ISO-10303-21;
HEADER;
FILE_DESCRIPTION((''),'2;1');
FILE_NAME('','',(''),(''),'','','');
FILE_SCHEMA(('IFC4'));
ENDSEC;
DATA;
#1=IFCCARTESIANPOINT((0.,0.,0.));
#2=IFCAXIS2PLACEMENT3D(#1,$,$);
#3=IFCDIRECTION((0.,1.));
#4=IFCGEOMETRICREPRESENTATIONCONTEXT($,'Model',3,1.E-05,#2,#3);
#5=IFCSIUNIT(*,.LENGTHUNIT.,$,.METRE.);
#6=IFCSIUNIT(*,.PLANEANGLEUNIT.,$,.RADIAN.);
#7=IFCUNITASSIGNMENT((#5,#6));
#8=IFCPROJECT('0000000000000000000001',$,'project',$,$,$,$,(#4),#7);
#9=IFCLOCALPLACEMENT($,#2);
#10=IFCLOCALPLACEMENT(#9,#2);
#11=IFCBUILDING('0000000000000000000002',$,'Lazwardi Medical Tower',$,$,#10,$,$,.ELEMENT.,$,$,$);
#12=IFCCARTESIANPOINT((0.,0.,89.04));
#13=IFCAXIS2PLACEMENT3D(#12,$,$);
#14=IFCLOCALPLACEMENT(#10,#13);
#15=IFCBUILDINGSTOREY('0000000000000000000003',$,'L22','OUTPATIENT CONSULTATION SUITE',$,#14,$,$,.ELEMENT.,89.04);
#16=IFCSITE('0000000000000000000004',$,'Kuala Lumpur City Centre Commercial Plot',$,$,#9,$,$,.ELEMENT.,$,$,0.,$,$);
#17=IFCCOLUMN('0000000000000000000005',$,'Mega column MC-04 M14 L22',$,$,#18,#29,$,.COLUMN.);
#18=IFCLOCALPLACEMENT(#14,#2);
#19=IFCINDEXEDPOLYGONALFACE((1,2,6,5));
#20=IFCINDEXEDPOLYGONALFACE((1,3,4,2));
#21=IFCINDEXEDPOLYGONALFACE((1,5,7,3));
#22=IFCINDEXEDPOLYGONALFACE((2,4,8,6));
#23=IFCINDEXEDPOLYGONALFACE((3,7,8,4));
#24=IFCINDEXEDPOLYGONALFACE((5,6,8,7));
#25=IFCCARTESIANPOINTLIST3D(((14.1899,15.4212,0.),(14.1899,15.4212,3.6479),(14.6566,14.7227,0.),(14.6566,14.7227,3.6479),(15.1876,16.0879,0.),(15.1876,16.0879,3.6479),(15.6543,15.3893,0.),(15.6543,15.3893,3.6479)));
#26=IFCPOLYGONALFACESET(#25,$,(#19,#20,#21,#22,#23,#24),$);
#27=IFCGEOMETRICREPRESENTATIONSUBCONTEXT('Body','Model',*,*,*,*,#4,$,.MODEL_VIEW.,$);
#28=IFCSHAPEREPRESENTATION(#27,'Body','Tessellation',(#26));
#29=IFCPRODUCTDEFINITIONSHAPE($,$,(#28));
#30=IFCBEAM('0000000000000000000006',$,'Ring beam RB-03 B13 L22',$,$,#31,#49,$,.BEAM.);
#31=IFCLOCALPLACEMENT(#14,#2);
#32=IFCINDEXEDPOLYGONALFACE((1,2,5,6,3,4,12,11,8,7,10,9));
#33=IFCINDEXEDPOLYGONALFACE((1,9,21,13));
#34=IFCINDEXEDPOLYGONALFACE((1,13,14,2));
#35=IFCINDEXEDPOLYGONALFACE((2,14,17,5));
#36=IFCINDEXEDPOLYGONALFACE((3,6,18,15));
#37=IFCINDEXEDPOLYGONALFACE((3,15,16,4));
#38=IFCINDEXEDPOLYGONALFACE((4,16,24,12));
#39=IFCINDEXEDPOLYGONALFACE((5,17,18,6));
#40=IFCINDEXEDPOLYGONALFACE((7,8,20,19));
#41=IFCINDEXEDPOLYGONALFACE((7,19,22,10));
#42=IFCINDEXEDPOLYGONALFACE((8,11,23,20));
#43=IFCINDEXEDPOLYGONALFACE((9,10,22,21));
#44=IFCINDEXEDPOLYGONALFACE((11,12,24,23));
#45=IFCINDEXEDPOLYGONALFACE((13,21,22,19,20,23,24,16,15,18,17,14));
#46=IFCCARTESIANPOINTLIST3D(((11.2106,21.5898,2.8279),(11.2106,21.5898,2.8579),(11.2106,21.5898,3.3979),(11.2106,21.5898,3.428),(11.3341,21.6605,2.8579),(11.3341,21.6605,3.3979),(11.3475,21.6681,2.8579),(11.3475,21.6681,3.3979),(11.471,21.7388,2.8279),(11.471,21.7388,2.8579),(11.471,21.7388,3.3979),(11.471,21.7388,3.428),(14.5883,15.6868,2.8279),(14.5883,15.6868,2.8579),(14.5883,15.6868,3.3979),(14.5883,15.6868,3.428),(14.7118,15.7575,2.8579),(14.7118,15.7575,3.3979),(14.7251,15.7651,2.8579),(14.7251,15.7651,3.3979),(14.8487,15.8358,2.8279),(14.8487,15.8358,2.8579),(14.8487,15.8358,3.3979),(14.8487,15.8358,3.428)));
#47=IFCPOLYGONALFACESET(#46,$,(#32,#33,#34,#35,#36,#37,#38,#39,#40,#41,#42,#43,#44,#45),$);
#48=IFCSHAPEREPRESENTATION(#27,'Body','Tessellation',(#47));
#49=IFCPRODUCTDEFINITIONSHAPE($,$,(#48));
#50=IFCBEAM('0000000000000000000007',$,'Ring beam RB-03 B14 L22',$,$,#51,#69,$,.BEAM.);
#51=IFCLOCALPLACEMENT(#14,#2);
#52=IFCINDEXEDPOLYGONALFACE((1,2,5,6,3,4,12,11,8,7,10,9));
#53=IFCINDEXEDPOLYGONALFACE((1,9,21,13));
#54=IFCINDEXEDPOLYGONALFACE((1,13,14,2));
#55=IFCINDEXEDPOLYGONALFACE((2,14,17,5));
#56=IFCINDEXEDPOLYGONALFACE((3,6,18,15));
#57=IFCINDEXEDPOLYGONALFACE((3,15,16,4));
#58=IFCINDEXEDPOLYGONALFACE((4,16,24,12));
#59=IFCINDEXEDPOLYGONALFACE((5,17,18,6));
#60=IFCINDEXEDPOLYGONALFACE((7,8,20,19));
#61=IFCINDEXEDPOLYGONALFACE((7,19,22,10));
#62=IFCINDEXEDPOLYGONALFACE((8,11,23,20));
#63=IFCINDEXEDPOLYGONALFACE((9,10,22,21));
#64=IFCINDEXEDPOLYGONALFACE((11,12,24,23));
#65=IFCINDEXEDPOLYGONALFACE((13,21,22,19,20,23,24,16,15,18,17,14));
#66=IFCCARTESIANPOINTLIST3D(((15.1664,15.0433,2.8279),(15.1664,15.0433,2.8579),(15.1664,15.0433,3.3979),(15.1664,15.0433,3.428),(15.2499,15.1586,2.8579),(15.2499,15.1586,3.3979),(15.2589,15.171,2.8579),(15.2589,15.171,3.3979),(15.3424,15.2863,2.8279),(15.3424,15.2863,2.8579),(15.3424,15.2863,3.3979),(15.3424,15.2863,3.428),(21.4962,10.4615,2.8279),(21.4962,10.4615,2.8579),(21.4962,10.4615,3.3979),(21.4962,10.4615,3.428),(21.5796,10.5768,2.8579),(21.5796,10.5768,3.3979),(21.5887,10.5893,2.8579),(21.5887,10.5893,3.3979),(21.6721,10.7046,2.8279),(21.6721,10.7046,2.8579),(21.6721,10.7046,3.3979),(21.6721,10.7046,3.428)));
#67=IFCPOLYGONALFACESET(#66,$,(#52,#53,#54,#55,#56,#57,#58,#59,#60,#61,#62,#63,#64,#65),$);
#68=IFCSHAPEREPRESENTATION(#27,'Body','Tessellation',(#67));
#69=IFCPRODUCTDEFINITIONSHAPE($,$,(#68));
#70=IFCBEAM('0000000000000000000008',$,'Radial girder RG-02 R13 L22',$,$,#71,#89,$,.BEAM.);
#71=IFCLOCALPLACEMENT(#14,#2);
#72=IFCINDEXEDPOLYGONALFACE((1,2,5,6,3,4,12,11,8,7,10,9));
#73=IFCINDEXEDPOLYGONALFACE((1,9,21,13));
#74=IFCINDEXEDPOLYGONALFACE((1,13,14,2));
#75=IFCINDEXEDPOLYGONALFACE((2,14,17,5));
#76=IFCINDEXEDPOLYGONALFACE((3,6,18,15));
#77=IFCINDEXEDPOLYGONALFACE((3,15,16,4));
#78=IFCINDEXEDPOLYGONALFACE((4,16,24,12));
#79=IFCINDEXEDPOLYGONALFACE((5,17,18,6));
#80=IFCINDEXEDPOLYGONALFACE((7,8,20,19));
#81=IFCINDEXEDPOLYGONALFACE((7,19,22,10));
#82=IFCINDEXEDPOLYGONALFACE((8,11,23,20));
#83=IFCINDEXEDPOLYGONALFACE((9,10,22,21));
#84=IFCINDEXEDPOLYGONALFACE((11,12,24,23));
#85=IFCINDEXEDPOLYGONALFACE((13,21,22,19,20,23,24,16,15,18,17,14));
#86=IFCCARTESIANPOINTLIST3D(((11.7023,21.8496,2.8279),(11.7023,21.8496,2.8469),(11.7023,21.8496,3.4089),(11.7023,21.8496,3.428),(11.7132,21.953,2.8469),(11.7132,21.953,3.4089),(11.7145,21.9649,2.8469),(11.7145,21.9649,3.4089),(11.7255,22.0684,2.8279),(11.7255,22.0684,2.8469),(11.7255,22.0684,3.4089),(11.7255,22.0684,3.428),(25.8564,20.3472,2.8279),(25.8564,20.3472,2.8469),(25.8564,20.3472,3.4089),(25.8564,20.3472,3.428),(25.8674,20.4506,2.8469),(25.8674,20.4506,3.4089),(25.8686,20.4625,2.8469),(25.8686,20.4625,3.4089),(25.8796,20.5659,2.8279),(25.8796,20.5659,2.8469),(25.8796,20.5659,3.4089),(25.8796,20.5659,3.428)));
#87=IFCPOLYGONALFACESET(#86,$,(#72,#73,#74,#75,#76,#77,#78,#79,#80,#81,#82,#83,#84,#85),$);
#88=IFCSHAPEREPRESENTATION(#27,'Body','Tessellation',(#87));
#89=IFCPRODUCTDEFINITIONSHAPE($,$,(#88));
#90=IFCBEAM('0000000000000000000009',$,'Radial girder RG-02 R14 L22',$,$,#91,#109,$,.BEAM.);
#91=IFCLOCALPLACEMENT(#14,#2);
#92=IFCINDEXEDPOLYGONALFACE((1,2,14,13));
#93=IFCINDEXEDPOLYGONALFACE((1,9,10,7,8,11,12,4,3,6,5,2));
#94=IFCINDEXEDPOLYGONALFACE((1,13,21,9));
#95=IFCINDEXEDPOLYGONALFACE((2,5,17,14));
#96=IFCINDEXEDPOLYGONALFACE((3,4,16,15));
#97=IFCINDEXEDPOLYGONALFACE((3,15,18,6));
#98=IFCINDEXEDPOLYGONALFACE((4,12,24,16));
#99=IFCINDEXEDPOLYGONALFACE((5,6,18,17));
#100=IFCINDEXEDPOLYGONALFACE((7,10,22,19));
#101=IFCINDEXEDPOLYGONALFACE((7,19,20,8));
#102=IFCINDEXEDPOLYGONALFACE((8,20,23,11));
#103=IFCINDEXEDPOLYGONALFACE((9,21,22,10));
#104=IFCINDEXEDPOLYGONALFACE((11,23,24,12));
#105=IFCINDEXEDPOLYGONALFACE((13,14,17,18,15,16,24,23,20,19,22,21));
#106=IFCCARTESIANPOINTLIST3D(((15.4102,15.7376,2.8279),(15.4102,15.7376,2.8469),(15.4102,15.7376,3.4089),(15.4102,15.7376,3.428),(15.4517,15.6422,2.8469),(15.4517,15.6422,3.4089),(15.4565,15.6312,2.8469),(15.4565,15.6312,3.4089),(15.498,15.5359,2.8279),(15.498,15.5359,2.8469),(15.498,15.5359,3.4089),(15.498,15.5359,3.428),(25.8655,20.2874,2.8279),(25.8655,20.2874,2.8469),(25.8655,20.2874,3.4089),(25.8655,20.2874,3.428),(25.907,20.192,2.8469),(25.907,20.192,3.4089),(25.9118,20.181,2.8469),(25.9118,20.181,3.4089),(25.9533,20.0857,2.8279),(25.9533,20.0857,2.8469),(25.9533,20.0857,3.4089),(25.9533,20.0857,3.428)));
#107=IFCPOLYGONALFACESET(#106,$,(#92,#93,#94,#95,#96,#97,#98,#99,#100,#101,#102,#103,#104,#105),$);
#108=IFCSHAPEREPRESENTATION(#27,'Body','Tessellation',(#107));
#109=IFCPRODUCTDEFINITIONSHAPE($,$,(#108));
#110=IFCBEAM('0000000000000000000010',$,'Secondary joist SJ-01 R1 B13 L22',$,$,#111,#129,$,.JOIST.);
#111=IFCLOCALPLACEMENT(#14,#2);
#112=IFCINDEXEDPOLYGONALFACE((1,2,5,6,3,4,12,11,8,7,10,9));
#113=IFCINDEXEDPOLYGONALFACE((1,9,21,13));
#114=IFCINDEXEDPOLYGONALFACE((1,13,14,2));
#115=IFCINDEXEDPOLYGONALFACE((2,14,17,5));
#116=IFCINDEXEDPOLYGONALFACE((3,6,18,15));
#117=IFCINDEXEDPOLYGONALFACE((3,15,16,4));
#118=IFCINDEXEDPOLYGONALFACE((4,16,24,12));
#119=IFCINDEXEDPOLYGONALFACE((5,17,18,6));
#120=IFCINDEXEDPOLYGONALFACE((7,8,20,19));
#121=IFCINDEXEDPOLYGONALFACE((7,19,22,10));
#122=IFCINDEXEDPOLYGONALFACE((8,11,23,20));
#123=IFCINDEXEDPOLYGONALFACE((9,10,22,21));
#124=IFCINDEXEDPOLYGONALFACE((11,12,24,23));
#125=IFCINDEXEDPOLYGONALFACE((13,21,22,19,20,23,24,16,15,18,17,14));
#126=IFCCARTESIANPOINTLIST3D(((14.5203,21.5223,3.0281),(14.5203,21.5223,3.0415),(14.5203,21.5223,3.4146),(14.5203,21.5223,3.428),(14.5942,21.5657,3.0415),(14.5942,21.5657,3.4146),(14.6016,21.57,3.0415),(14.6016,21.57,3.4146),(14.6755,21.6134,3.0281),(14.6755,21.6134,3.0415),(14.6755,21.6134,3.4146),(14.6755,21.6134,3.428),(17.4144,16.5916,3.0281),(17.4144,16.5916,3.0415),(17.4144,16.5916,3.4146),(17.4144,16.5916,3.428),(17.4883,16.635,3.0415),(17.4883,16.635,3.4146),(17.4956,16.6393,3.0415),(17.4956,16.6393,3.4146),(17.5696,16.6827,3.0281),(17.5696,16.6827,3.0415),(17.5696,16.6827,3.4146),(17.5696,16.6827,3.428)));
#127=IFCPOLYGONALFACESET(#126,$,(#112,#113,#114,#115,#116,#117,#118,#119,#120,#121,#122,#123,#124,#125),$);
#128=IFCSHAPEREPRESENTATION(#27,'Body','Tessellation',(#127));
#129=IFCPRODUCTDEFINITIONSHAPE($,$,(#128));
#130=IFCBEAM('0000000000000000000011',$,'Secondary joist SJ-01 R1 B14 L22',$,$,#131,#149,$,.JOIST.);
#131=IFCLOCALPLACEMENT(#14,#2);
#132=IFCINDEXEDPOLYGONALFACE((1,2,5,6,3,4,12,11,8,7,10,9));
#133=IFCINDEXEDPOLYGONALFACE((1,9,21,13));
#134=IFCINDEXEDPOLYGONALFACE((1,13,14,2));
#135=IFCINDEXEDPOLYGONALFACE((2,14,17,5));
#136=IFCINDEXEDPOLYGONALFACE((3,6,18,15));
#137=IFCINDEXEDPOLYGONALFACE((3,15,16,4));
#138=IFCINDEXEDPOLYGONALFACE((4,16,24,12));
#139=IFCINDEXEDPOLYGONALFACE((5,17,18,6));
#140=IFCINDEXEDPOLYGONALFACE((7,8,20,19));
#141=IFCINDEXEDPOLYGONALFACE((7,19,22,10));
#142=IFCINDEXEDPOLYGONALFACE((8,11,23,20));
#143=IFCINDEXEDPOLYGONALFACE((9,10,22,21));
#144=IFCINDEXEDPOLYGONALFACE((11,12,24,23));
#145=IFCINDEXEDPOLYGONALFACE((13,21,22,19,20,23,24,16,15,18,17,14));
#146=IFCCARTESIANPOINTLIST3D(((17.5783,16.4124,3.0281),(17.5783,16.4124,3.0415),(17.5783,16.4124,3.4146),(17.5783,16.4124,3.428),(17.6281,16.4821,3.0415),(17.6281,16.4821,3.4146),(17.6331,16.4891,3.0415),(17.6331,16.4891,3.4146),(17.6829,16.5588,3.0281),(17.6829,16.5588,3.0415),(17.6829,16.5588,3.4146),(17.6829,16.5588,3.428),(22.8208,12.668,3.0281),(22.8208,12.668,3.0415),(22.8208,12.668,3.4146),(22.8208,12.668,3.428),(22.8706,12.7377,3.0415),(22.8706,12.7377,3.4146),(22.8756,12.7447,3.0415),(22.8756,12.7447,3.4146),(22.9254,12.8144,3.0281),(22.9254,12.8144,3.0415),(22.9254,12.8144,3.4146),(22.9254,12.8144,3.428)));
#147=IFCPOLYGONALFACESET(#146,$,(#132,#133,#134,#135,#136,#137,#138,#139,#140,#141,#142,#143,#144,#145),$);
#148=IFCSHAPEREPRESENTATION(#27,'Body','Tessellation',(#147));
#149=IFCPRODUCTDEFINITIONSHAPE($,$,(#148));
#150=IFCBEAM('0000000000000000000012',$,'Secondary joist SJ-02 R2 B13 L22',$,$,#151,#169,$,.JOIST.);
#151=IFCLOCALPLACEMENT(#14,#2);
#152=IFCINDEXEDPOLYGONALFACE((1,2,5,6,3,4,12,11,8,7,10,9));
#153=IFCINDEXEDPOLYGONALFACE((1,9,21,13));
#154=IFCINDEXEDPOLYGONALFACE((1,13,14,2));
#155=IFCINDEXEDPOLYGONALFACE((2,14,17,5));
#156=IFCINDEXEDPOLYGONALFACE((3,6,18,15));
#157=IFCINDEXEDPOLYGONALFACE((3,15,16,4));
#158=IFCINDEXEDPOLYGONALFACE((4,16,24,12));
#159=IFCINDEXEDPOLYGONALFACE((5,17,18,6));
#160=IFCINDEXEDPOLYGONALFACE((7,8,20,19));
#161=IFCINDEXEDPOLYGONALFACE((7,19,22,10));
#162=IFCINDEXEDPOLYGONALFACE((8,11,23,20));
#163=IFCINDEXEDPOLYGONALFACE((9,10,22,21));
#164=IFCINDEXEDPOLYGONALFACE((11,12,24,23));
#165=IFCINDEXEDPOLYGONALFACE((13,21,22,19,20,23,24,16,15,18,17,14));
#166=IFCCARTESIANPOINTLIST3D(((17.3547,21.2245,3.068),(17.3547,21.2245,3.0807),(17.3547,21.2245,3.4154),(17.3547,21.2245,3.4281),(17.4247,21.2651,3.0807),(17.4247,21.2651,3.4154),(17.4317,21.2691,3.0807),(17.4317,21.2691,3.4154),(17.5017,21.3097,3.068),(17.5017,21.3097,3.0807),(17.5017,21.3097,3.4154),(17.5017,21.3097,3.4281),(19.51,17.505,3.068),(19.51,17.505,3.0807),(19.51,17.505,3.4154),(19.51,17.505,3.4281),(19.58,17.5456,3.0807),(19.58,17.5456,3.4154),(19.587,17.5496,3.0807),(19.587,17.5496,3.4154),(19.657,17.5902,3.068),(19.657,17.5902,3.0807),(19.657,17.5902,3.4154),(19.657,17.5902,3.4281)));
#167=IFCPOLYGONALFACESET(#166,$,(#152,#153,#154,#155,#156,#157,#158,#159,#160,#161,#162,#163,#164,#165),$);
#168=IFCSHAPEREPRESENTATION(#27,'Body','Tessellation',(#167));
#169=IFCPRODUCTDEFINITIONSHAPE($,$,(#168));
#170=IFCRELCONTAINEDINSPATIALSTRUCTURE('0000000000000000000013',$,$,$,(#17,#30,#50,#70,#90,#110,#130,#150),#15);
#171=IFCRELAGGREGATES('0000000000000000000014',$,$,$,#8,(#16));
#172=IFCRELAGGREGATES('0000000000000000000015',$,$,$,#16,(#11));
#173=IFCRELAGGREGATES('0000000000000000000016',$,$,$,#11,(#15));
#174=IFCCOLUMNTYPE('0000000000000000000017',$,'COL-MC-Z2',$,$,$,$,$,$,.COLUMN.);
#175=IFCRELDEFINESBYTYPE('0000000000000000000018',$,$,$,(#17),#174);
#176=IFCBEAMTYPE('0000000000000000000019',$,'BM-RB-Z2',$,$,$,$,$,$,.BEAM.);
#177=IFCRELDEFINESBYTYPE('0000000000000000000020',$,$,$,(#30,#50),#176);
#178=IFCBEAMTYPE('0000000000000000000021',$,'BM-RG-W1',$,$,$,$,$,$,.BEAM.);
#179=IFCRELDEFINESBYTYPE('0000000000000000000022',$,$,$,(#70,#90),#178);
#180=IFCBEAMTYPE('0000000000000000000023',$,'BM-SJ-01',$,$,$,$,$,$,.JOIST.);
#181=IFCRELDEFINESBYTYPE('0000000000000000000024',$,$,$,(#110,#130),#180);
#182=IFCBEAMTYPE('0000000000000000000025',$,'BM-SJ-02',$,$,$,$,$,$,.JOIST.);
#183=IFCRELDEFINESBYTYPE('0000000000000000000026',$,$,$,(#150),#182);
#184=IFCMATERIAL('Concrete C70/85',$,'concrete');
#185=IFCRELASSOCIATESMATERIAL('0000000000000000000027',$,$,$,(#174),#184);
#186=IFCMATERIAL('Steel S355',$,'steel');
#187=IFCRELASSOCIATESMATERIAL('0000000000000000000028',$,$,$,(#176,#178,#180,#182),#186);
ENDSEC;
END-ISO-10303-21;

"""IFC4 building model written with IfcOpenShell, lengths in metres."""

from ifc_helpers import new_model, si_unit, direction, frame, origin, origin_2d, place, context, subcontext, project, spatial, rectangle, i_section, extrude, material, material_profile, profile_set, type_object, element, save


model = new_model("IFC4")

# Units and contexts
model_context = context("Model", 3, precision=1e-05, world=origin(), true_north=direction((0.0, 1.0)))
body_context = subcontext(model_context, "Body", "Model", "MODEL_VIEW")
ifc_project = project(units=[si_unit("LENGTHUNIT", "METRE"), si_unit("PLANEANGLEUNIT", "RADIAN")], contexts=[model_context])

# Site, building, storey
site_placement = place(None, origin())
site = spatial("IfcSite", under=ifc_project, at=site_placement, Name="Kuala Lumpur City Centre Commercial Plot", CompositionType="ELEMENT", RefElevation=0.0)
building_placement = place(site_placement, origin())
building = spatial("IfcBuilding", under=site, at=building_placement, Name="Lazwardi Medical Tower", CompositionType="ELEMENT")
storey_placement = place(building_placement, frame((0.0, 0.0, 89.04)))
storey = spatial("IfcBuildingStorey", under=building, at=storey_placement, Name="L22", Description="OUTPATIENT CONSULTATION SUITE", CompositionType="ELEMENT", Elevation=89.04)

# Column
ifc_material_1 = material(Name="Concrete C70/85", Category="concrete")
ifc_material_profile_1 = material_profile(ifc_material_1, rectangle(XDim=1.2, YDim=0.8401, at=origin_2d()), Name="CFT-RECT 1200x840")
ifc_profile_set_1 = profile_set([ifc_material_profile_1], Name="Concrete C70/85")
column_type = type_object("IfcColumnType", Name="COL-MC-Z2", PredefinedType="COLUMN", material=ifc_profile_set_1)
column_placement = place(storey_placement, frame((14.9221, 15.4053, 0.0), z_axis=(0.0, 0.0, 1.0), x_axis=(-0.83147, -0.55557, 0.0)))
element("IfcColumn", 1, at=column_placement, inside=storey, type_object=column_type, Name="Mega column MC-04 M14 L22", PredefinedType="COLUMN", context=body_context, shape_type="SweptSolid", body=[
    extrude(rectangle(XDim=1.2, YDim=0.8401, at=origin_2d()), origin(), (0.0, 0.0, 1.0), 3.6479),
])

# Beams
ifc_material_2 = material(Name="Steel S355", Category="steel")
ifc_material_profile_2 = material_profile(ifc_material_2, i_section(OverallWidth=0.3, OverallDepth=0.6001, WebThickness=0.0154, FlangeThickness=0.03, at=origin_2d()), Name="HEB 600")
ifc_profile_set_2 = profile_set([ifc_material_profile_2], Name="Steel S355")
beam_type_1 = type_object("IfcBeamType", Name="BM-RB-Z2", PredefinedType="BEAM", material=ifc_profile_set_2)
beam_1_placement = place(storey_placement, frame((11.3408, 21.6643, 3.1279), z_axis=(0.496638, -0.867958, 0.0), x_axis=(0.867958, 0.496638, 0.0)))
element("IfcBeam", 2, at=beam_1_placement, inside=storey, type_object=beam_type_1, Name="Ring beam RB-03 B13 L22", PredefinedType="BEAM", context=body_context, shape_type="SweptSolid", body=[
    extrude(i_section(OverallWidth=0.3, OverallDepth=0.6001, WebThickness=0.0154, FlangeThickness=0.03, at=origin_2d()), origin(), (0.0, 0.0, 1.0), 6.801),
])
beam_2_placement = place(storey_placement, frame((15.2544, 15.1648, 3.1279), z_axis=(0.810057, -0.586351, 0.0), x_axis=(0.586351, 0.810057, 0.0)))
element("IfcBeam", 3, at=beam_2_placement, inside=storey, type_object=beam_type_1, Name="Ring beam RB-03 B14 L22", PredefinedType="BEAM", context=body_context, shape_type="SweptSolid", body=[
    extrude(i_section(OverallWidth=0.3, OverallDepth=0.6001, WebThickness=0.0154, FlangeThickness=0.03, at=origin_2d()), origin(), (0.0, 0.0, 1.0), 7.814),
])
ifc_material_profile_3 = material_profile(ifc_material_2, i_section(OverallWidth=0.22, OverallDepth=0.6001, WebThickness=0.012, FlangeThickness=0.019, at=origin_2d()), Name="IPE 600")
ifc_profile_set_3 = profile_set([ifc_material_profile_3], Name="Steel S355")
beam_type_2 = type_object("IfcBeamType", Name="BM-RG-W1", PredefinedType="BEAM", material=ifc_profile_set_3)
beam_3_placement = place(storey_placement, frame((11.7139, 21.959, 3.1279), z_axis=(0.994413, -0.105556, 0.0), x_axis=(0.105556, 0.994413, 0.0)))
element("IfcBeam", 4, at=beam_3_placement, inside=storey, type_object=beam_type_2, Name="Radial girder RG-02 R13 L22", PredefinedType="BEAM", context=body_context, shape_type="SweptSolid", body=[
    extrude(i_section(OverallWidth=0.22, OverallDepth=0.6001, WebThickness=0.012, FlangeThickness=0.019, at=origin_2d()), origin(), (0.0, 0.0, 1.0), 14.2336),
])
beam_4_placement = place(storey_placement, frame((15.4541, 15.6367, 3.1279), z_axis=(0.916941, 0.399022, 0.0), x_axis=(-0.399022, 0.916941, 0.0)))
element("IfcBeam", 5, at=beam_4_placement, inside=storey, type_object=beam_type_2, Name="Radial girder RG-02 R14 L22", PredefinedType="BEAM", context=body_context, shape_type="SweptSolid", body=[
    extrude(i_section(OverallWidth=0.22, OverallDepth=0.6001, WebThickness=0.012, FlangeThickness=0.019, at=origin_2d()), origin(), (0.0, 0.0, 1.0), 11.4023),
])
ifc_material_profile_4 = material_profile(ifc_material_2, i_section(OverallWidth=0.1799, OverallDepth=0.3999, WebThickness=0.0085, FlangeThickness=0.0134, at=origin_2d()), Name="IPE 400")
ifc_profile_set_4 = profile_set([ifc_material_profile_4], Name="Steel S355")
beam_type_3 = type_object("IfcBeamType", Name="BM-SJ-01", PredefinedType="JOIST", material=ifc_profile_set_4)
beam_5_placement = place(storey_placement, frame((14.5979, 21.5679, 3.228), z_axis=(0.506195, -0.862419, 0.0), x_axis=(0.862419, 0.506195, 0.0)))
element("IfcBeam", 6, at=beam_5_placement, inside=storey, type_object=beam_type_3, Name="Secondary joist SJ-01 R1 B13 L22", PredefinedType="JOIST", context=body_context, shape_type="SweptSolid", body=[
    extrude(i_section(OverallWidth=0.1799, OverallDepth=0.3999, WebThickness=0.0085, FlangeThickness=0.0134, at=origin_2d()), origin(), (0.0, 0.0, 1.0), 5.7173),
])
beam_6_placement = place(storey_placement, frame((17.6306, 16.4856, 3.228), z_axis=(0.813749, -0.581217, 0.0), x_axis=(0.581217, 0.813749, 0.0)))
element("IfcBeam", 7, at=beam_6_placement, inside=storey, type_object=beam_type_3, Name="Secondary joist SJ-01 R1 B14 L22", PredefinedType="JOIST", context=body_context, shape_type="SweptSolid", body=[
    extrude(i_section(OverallWidth=0.1799, OverallDepth=0.3999, WebThickness=0.0085, FlangeThickness=0.0134, at=origin_2d()), origin(), (0.0, 0.0, 1.0), 6.4424),
])
ifc_material_profile_5 = material_profile(ifc_material_2, i_section(OverallWidth=0.1699, OverallDepth=0.3601, WebThickness=0.0081, FlangeThickness=0.0127, at=origin_2d()), Name="IPE 360")
ifc_profile_set_5 = profile_set([ifc_material_profile_5], Name="Steel S355")
beam_type_4 = type_object("IfcBeamType", Name="BM-SJ-02", PredefinedType="JOIST", material=ifc_profile_set_5)
beam_7_placement = place(storey_placement, frame((17.4282, 21.2671, 3.248), z_axis=(0.501365, -0.865236, 0.0), x_axis=(0.865236, 0.501365, 0.0)))
element("IfcBeam", 8, at=beam_7_placement, inside=storey, type_object=beam_type_4, Name="Secondary joist SJ-02 R2 B13 L22", PredefinedType="JOIST", context=body_context, shape_type="SweptSolid", body=[
    extrude(i_section(OverallWidth=0.1699, OverallDepth=0.3601, WebThickness=0.0081, FlangeThickness=0.0127, at=origin_2d()), origin(), (0.0, 0.0, 1.0), 4.2988),
])

save(model, "model.ifc")
